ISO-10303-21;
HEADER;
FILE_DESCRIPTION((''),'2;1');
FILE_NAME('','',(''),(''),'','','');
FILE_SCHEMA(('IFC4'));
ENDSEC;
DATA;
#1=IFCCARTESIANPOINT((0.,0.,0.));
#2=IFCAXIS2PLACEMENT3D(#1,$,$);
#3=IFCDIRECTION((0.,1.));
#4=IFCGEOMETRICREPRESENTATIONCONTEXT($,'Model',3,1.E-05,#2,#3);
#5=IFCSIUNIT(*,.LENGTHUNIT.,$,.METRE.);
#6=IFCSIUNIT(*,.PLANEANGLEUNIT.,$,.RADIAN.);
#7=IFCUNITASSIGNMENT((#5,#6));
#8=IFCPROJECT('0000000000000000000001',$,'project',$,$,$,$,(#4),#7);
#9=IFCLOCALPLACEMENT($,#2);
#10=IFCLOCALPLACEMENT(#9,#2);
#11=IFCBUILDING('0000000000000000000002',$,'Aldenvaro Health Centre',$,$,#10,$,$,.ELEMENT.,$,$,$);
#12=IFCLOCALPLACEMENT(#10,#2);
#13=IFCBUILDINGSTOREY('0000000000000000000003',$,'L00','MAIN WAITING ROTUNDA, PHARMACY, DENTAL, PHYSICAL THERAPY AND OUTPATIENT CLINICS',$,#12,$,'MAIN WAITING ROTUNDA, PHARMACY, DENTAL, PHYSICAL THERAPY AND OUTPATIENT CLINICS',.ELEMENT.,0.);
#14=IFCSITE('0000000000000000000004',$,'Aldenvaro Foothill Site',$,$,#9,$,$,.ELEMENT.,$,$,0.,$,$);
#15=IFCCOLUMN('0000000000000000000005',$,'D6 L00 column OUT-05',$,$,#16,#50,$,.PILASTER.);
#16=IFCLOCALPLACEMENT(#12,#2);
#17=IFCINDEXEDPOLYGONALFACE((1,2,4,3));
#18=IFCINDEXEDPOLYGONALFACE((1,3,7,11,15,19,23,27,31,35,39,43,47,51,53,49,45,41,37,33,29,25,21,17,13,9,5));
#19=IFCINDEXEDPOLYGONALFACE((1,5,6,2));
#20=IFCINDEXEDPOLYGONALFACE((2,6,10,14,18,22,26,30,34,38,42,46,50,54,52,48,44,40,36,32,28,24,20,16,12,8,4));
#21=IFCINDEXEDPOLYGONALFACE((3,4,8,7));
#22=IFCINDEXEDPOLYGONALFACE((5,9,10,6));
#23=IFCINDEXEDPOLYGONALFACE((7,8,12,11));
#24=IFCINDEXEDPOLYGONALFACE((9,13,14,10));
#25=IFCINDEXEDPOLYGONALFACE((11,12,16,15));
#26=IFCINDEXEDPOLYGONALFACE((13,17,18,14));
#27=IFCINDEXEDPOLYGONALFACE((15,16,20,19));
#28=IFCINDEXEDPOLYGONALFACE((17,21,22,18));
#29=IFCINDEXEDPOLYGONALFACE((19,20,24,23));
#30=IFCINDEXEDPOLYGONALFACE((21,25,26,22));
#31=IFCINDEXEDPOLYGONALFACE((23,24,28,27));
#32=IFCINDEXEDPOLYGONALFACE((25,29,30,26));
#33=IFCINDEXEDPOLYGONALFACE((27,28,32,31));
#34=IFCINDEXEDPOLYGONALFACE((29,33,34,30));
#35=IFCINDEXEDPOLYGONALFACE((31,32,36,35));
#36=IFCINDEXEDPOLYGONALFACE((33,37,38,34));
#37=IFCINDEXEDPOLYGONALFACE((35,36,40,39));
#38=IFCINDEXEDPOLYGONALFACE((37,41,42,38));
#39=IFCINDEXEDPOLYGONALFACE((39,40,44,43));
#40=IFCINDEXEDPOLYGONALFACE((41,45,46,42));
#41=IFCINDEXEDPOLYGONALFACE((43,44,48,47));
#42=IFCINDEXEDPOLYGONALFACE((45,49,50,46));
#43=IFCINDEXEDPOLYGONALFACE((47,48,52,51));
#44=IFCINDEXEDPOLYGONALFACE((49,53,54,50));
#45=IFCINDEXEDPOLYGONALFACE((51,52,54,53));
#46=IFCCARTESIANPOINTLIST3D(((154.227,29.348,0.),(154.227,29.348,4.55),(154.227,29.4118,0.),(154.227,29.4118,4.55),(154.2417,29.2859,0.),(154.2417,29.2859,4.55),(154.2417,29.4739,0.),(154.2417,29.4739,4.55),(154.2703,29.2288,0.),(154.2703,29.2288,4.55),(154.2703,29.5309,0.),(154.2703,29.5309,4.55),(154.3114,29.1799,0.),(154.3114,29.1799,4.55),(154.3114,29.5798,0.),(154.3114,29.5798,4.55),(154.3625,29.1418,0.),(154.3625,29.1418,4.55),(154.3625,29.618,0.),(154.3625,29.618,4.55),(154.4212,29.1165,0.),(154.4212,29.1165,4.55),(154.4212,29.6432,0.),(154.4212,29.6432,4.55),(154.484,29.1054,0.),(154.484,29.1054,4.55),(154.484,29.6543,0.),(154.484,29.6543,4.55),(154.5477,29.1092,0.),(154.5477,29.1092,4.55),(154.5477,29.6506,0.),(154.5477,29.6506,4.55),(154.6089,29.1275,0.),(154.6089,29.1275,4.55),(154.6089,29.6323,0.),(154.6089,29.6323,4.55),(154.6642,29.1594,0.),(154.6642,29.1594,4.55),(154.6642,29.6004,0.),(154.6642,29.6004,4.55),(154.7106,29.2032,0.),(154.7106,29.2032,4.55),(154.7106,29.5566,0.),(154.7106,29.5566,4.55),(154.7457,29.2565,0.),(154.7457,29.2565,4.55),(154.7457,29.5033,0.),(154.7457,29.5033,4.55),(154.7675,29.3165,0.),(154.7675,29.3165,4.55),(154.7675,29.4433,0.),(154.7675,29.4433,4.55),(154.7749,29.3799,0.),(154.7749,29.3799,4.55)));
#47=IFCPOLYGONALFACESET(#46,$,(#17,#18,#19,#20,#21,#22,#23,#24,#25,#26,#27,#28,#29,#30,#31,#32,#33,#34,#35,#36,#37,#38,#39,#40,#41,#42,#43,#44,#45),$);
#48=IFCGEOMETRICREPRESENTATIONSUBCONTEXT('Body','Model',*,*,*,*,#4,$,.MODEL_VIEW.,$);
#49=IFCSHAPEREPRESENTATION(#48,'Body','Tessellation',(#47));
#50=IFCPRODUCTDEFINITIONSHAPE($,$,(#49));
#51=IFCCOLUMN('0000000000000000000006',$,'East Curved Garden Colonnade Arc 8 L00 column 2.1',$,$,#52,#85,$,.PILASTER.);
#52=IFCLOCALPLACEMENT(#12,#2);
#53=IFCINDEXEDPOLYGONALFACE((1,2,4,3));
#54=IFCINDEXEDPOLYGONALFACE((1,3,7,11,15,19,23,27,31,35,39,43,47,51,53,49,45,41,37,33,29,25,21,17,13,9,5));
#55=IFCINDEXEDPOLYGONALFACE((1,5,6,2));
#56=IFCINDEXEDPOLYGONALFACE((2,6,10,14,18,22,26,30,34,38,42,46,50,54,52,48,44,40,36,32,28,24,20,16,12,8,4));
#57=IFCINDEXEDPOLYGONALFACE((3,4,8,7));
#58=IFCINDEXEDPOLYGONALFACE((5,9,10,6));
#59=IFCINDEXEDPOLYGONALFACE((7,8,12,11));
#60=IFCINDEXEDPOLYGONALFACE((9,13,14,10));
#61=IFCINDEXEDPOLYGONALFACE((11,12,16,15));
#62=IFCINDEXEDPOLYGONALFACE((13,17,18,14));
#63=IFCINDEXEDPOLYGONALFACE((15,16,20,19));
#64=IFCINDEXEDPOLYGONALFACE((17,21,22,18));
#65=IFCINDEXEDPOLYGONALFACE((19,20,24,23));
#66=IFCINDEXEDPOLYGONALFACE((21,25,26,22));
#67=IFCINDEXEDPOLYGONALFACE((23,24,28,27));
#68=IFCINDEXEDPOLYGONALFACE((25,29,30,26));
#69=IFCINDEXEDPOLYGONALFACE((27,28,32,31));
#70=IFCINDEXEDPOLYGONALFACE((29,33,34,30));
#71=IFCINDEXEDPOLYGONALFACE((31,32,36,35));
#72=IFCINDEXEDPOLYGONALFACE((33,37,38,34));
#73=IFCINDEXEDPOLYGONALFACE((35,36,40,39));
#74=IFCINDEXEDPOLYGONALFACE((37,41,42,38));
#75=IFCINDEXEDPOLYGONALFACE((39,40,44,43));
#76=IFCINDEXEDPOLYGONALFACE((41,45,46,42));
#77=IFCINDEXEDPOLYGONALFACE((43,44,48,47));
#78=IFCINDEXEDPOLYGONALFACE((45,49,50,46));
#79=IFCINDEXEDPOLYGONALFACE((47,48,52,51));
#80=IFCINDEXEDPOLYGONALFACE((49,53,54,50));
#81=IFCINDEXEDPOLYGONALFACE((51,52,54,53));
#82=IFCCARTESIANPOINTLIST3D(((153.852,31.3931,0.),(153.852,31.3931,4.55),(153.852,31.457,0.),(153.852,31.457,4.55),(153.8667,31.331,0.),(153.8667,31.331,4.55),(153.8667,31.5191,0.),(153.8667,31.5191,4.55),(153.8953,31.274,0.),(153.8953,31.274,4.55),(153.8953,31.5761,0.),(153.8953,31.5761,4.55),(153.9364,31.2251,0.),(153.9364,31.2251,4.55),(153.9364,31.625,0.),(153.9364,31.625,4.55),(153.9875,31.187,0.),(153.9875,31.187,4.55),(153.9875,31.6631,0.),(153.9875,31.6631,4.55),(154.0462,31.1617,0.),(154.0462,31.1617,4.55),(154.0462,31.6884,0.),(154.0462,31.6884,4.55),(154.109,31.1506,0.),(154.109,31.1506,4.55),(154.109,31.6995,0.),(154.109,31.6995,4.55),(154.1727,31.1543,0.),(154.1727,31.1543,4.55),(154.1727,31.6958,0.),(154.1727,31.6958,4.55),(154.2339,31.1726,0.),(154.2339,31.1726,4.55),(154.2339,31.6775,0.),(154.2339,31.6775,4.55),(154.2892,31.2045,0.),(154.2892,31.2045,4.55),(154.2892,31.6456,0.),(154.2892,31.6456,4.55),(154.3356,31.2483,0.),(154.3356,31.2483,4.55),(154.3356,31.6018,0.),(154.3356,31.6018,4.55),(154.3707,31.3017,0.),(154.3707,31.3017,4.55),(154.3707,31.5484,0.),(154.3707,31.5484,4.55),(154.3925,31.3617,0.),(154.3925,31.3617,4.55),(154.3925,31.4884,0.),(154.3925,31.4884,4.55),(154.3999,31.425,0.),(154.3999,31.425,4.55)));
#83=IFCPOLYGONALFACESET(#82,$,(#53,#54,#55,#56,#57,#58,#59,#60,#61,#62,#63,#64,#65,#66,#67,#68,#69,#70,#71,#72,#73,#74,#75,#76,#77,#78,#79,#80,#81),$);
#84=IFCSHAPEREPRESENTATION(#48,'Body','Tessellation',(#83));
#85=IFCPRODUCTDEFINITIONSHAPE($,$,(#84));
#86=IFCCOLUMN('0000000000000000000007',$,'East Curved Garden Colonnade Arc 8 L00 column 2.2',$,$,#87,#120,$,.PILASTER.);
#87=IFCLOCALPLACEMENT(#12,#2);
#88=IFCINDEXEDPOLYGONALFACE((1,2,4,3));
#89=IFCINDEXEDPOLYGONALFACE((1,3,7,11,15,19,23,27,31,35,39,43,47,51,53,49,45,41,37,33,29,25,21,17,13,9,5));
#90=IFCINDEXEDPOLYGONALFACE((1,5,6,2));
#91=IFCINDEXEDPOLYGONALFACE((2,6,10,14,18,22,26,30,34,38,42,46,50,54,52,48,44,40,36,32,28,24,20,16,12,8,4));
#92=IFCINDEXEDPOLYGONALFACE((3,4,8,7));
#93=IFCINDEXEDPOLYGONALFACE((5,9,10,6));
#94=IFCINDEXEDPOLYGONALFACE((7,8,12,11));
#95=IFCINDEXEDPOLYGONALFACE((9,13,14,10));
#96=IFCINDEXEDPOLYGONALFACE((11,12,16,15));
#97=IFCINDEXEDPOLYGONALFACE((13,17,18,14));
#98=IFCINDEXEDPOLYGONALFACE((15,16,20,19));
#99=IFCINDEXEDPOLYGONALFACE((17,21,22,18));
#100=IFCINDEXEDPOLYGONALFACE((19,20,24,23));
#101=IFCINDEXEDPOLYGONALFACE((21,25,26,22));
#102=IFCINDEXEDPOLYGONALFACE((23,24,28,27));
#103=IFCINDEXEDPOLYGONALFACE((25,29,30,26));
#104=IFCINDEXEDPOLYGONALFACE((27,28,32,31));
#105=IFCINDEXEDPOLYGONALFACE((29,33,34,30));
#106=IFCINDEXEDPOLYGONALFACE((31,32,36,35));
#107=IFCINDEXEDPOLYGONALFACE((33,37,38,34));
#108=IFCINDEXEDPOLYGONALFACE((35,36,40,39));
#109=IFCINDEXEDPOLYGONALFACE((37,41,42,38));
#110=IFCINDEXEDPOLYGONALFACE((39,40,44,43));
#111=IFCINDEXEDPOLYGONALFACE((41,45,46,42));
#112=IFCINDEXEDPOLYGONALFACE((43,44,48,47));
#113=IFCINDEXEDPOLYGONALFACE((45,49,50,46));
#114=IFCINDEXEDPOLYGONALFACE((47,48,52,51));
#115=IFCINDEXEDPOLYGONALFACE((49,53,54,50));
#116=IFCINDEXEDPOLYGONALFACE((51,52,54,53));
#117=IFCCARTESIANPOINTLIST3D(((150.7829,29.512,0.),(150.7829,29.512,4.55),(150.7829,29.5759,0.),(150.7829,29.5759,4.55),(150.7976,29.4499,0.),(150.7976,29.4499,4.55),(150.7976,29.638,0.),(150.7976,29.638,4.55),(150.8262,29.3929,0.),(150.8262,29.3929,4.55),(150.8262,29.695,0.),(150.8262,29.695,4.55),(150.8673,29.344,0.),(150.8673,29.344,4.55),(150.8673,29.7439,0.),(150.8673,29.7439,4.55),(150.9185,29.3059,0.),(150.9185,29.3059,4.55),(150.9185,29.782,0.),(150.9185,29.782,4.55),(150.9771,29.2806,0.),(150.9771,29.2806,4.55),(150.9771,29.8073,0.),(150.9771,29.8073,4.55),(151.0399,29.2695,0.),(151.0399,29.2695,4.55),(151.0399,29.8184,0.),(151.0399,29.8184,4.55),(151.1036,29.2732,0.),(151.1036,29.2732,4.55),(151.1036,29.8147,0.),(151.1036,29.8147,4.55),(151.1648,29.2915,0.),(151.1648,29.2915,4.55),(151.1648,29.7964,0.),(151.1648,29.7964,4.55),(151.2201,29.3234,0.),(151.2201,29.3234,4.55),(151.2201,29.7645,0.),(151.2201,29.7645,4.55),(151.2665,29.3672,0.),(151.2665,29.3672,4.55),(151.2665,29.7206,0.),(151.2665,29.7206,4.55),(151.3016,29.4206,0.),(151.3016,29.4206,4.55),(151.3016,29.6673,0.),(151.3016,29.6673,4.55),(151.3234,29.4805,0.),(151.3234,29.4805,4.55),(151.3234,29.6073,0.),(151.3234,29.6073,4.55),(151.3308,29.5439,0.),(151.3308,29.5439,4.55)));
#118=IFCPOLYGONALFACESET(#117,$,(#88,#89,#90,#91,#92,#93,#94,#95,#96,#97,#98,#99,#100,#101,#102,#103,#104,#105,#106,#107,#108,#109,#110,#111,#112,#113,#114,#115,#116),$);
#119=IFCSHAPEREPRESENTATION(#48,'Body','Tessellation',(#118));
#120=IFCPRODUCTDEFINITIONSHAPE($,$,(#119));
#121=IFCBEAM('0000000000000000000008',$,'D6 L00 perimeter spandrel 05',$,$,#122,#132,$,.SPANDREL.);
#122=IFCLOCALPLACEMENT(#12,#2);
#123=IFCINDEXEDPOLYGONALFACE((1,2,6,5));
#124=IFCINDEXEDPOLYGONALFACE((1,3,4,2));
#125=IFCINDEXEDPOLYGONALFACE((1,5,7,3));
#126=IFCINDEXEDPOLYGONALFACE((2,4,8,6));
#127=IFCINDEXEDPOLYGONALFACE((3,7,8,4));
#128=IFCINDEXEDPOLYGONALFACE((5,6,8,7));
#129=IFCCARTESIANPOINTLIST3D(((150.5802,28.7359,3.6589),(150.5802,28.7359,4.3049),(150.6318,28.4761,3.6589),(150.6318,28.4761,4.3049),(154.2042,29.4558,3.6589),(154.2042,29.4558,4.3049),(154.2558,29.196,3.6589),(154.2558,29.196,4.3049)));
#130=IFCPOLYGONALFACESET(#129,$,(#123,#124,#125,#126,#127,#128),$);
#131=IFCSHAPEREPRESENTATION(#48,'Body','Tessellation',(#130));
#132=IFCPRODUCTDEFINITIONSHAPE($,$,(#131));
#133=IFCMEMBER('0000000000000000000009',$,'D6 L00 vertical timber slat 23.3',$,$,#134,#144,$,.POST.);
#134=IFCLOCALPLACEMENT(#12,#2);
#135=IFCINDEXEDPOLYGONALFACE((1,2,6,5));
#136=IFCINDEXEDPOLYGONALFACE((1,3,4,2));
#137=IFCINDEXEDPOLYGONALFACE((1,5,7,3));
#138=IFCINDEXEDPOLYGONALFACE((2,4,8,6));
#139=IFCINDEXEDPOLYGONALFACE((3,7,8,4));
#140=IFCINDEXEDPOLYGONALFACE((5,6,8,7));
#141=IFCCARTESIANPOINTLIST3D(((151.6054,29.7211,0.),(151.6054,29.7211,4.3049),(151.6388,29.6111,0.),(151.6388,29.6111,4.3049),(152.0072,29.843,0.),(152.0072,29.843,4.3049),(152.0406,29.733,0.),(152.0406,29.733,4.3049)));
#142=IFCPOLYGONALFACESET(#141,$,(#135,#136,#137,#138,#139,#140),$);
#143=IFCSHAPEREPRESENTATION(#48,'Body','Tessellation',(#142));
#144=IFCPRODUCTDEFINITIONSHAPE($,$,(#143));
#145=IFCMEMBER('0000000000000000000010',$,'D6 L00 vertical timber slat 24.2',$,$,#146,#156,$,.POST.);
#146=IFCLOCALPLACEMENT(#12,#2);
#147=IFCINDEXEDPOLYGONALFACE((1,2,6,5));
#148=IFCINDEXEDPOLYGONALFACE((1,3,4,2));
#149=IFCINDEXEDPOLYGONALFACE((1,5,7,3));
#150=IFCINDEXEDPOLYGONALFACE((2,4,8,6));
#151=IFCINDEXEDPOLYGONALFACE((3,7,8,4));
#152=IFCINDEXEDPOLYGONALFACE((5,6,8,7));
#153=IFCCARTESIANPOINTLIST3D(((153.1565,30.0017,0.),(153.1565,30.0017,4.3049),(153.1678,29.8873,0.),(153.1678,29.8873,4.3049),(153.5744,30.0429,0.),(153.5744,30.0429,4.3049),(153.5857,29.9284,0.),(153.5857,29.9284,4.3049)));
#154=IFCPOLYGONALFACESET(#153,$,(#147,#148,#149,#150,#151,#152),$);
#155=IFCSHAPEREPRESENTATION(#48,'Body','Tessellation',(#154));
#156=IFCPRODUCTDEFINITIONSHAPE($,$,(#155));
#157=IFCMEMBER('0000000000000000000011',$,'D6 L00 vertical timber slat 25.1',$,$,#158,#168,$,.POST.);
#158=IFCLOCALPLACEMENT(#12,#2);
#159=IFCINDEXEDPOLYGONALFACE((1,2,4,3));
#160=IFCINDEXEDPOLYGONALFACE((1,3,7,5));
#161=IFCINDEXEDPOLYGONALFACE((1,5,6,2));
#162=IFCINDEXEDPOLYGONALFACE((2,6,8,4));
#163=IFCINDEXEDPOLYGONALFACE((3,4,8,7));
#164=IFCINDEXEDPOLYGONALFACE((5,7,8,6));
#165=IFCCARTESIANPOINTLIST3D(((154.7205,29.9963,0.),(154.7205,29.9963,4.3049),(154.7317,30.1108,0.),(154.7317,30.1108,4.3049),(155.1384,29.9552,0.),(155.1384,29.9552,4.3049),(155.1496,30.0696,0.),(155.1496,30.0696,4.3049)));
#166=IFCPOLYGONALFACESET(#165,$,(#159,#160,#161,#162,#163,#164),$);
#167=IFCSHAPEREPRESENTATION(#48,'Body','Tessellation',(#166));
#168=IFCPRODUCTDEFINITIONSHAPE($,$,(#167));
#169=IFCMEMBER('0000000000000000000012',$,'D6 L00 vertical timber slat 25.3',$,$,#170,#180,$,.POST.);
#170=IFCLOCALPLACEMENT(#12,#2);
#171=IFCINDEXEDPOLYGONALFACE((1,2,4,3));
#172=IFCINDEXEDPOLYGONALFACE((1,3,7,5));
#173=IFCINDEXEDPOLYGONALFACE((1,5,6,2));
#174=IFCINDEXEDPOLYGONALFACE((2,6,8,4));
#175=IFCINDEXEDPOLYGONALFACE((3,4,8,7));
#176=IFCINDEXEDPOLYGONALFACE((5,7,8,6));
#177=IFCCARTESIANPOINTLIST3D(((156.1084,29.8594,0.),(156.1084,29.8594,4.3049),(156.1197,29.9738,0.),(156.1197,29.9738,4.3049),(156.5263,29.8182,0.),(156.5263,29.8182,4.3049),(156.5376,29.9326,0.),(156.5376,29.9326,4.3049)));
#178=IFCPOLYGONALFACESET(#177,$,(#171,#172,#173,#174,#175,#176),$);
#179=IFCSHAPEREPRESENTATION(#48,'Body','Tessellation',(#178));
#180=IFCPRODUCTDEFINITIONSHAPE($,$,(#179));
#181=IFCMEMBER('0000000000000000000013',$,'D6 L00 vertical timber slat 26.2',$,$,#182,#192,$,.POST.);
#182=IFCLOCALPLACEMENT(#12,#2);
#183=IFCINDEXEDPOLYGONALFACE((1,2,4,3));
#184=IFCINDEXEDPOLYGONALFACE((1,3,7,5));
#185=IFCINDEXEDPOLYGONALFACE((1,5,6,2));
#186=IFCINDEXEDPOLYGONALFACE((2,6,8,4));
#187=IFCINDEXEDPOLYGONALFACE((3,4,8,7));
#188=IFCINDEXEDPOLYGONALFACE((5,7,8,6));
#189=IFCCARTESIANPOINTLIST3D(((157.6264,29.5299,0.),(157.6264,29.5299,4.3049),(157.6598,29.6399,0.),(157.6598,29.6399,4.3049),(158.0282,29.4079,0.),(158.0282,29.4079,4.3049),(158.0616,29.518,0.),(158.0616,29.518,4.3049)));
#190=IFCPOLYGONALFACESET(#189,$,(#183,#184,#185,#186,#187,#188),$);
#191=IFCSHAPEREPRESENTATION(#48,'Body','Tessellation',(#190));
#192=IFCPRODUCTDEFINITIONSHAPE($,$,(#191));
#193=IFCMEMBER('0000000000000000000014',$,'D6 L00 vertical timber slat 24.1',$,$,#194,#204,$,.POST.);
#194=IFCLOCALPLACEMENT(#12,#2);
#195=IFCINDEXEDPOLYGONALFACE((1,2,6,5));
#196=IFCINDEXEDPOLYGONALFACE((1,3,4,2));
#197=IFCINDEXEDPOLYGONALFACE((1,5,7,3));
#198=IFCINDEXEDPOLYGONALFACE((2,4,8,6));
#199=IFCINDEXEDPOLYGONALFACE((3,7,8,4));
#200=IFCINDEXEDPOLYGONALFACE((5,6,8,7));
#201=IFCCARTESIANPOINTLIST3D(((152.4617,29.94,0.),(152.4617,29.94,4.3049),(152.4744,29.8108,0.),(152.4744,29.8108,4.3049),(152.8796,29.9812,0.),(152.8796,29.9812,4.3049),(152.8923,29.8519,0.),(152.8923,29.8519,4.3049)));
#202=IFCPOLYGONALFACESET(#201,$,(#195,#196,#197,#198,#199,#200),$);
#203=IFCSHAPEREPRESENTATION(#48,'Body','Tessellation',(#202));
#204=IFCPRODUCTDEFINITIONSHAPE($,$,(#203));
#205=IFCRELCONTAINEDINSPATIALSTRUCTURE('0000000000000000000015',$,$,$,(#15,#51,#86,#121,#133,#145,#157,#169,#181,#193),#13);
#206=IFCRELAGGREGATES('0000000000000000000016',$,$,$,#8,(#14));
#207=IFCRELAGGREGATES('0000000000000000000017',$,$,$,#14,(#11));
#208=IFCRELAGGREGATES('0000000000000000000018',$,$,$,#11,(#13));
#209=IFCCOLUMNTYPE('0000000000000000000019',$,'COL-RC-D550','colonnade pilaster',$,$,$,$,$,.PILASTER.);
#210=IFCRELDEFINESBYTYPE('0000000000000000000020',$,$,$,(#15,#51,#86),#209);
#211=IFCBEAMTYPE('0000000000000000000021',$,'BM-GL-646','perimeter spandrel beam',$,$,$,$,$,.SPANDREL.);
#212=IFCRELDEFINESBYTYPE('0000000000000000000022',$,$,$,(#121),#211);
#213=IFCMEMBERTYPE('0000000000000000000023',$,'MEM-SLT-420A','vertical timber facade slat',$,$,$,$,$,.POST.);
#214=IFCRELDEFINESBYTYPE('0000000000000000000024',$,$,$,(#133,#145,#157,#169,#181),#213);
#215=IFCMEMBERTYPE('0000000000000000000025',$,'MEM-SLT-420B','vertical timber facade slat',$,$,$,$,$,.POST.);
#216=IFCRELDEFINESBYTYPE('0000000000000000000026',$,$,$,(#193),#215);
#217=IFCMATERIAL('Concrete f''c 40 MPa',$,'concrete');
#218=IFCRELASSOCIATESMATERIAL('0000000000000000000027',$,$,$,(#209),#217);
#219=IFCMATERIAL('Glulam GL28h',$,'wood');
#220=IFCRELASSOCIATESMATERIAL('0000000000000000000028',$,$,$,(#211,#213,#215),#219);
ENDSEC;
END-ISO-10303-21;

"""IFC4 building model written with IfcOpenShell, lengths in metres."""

from ifc_helpers import new_model, si_unit, direction, frame, origin, origin_2d, place, context, subcontext, project, spatial, rectangle, circle, extrude, material, material_profile, profile_set, type_object, element, save


model = new_model("IFC4")

# Units and contexts
model_context = context("Model", 3, precision=1e-05, world=origin(), true_north=direction((0.0, 1.0)))
body_context = subcontext(model_context, "Body", "Model", "MODEL_VIEW")
ifc_project = project(units=[si_unit("LENGTHUNIT", "METRE"), si_unit("PLANEANGLEUNIT", "RADIAN")], contexts=[model_context])

# Site, building, storey
site_placement = place(None, origin())
site = spatial("IfcSite", under=ifc_project, at=site_placement, Name="Aldenvaro Foothill Site", CompositionType="ELEMENT", RefElevation=0.0)
building_placement = place(site_placement, origin())
building = spatial("IfcBuilding", under=site, at=building_placement, Name="Aldenvaro Health Centre", CompositionType="ELEMENT")
storey_placement = place(building_placement, origin())
storey = spatial("IfcBuildingStorey", under=building, at=storey_placement, Name="L00", Description="MAIN WAITING ROTUNDA, PHARMACY, DENTAL, PHYSICAL THERAPY AND OUTPATIENT CLINICS", LongName="MAIN WAITING ROTUNDA, PHARMACY, DENTAL, PHYSICAL THERAPY AND OUTPATIENT CLINICS", CompositionType="ELEMENT", Elevation=0.0)

# Columns
ifc_material_1 = material(Name="Concrete f'c 40 MPa", Category="concrete")
ifc_material_profile_1 = material_profile(ifc_material_1, circle(Radius=0.2749, at=origin_2d()), Name="RC D550", Category="concrete")
ifc_profile_set_1 = profile_set([ifc_material_profile_1], Name="Concrete f'c 40 MPa")
column_type = type_object("IfcColumnType", Name="COL-RC-D550", Description="colonnade pilaster", PredefinedType="PILASTER", material=ifc_profile_set_1)
for number, where, z_axis, x_axis, name in (
    (1, (154.5, 29.3799, 0.0), (0.0, 0.0, 1.0), (1.0, 0.0, 0.0), "D6 L00 column OUT-05"),
    (2, (154.125, 31.425, 0.0), (0.0, 0.0, 1.0), (1.0, 0.0, 0.0), "East Curved Garden Colonnade Arc 8 L00 column 2.1"),
    (3, (151.0559, 29.5439, 0.0), (0.0, 0.0, 1.0), (1.0, 0.0, 0.0), "East Curved Garden Colonnade Arc 8 L00 column 2.2"),
):
    element("IfcColumn", number, at=place(storey_placement, frame(where, z_axis=z_axis, x_axis=x_axis)), inside=storey, type_object=column_type, Name=name, PredefinedType="PILASTER", context=body_context, shape_type="SweptSolid", body=[
        extrude(circle(Radius=0.2749, at=origin_2d()), origin(), (0.0, 0.0, 1.0), 4.55),
    ])

# Beam
ifc_material_2 = material(Name="Glulam GL28h", Category="wood")
ifc_material_profile_2 = material_profile(ifc_material_2, rectangle(XDim=0.2649, YDim=0.646, at=origin_2d()), Name="GL 265x646", Category="wood")
ifc_profile_set_2 = profile_set([ifc_material_profile_2], Name="Glulam GL28h")
beam_type = type_object("IfcBeamType", Name="BM-GL-646", Description="perimeter spandrel beam", PredefinedType="SPANDREL", material=ifc_profile_set_2)
beam_placement = place(storey_placement, frame((154.23, 29.3259, 3.9819), z_axis=(-0.980831, -0.194858, 0.0), x_axis=(0.194858, -0.980831, 0.0)))
element("IfcBeam", 4, at=beam_placement, inside=storey, type_object=beam_type, Name="D6 L00 perimeter spandrel 05", PredefinedType="SPANDREL", context=body_context, shape_type="SweptSolid", body=[
    extrude(rectangle(XDim=0.2649, YDim=0.646, at=origin_2d()), origin(), (0.0, 0.0, 1.0), 3.6948),
])

# Members
ifc_material_profile_3 = material_profile(ifc_material_2, rectangle(XDim=0.115, YDim=0.4199, at=origin_2d()), Name="GL 115x420", Category="wood")
ifc_profile_set_3 = profile_set([ifc_material_profile_3], Name="Glulam GL28h")
member_type_1 = type_object("IfcMemberType", Name="MEM-SLT-420A", Description="vertical timber facade slat", PredefinedType="POST", material=ifc_profile_set_3)
for number, where, z_axis, x_axis, name in (
    (5, (151.823, 29.7271, 0.0), (0.0, 0.0, 1.0), (-0.290343, 0.956923, 0.0), "D6 L00 vertical timber slat 23.3"),
    (6, (153.3711, 29.9651, 0.0), (0.0, 0.0, 1.0), (-0.097997, 0.995187, 0.0), "D6 L00 vertical timber slat 24.2"),
    (7, (154.9351, 30.033, 0.0), (0.0, 0.0, 1.0), (0.097997, 0.995187, 0.0), "D6 L00 vertical timber slat 25.1"),
    (8, (156.323, 29.896, 0.0), (0.0, 0.0, 1.0), (0.097997, 0.995187, 0.0), "D6 L00 vertical timber slat 25.3"),
    (9, (157.844, 29.5239, 0.0), (0.0, 0.0, 1.0), (0.290343, 0.956923, 0.0), "D6 L00 vertical timber slat 26.2"),
):
    element("IfcMember", number, at=place(storey_placement, frame(where, z_axis=z_axis, x_axis=x_axis)), inside=storey, type_object=member_type_1, Name=name, PredefinedType="POST", context=body_context, shape_type="SweptSolid", body=[
        extrude(rectangle(XDim=0.115, YDim=0.4199, at=origin_2d()), origin(), (0.0, 0.0, 1.0), 4.3049),
    ])
ifc_material_profile_4 = material_profile(ifc_material_2, rectangle(XDim=0.1299, YDim=0.4199, at=origin_2d()), Name="GL 130x420", Category="wood")
ifc_profile_set_4 = profile_set([ifc_material_profile_4], Name="Glulam GL28h")
member_type_2 = type_object("IfcMemberType", Name="MEM-SLT-420B", Description="vertical timber facade slat", PredefinedType="POST", material=ifc_profile_set_4)
for number, where, z_axis, x_axis, name in (
    (10, (152.677, 29.896, 0.0), (0.0, 0.0, 1.0), (-0.097997, 0.995187, 0.0), "D6 L00 vertical timber slat 24.1"),
):
    element("IfcMember", number, at=place(storey_placement, frame(where, z_axis=z_axis, x_axis=x_axis)), inside=storey, type_object=member_type_2, Name=name, PredefinedType="POST", context=body_context, shape_type="SweptSolid", body=[
        extrude(rectangle(XDim=0.1299, YDim=0.4199, at=origin_2d()), origin(), (0.0, 0.0, 1.0), 4.3049),
    ])

save(model, "model.ifc")
